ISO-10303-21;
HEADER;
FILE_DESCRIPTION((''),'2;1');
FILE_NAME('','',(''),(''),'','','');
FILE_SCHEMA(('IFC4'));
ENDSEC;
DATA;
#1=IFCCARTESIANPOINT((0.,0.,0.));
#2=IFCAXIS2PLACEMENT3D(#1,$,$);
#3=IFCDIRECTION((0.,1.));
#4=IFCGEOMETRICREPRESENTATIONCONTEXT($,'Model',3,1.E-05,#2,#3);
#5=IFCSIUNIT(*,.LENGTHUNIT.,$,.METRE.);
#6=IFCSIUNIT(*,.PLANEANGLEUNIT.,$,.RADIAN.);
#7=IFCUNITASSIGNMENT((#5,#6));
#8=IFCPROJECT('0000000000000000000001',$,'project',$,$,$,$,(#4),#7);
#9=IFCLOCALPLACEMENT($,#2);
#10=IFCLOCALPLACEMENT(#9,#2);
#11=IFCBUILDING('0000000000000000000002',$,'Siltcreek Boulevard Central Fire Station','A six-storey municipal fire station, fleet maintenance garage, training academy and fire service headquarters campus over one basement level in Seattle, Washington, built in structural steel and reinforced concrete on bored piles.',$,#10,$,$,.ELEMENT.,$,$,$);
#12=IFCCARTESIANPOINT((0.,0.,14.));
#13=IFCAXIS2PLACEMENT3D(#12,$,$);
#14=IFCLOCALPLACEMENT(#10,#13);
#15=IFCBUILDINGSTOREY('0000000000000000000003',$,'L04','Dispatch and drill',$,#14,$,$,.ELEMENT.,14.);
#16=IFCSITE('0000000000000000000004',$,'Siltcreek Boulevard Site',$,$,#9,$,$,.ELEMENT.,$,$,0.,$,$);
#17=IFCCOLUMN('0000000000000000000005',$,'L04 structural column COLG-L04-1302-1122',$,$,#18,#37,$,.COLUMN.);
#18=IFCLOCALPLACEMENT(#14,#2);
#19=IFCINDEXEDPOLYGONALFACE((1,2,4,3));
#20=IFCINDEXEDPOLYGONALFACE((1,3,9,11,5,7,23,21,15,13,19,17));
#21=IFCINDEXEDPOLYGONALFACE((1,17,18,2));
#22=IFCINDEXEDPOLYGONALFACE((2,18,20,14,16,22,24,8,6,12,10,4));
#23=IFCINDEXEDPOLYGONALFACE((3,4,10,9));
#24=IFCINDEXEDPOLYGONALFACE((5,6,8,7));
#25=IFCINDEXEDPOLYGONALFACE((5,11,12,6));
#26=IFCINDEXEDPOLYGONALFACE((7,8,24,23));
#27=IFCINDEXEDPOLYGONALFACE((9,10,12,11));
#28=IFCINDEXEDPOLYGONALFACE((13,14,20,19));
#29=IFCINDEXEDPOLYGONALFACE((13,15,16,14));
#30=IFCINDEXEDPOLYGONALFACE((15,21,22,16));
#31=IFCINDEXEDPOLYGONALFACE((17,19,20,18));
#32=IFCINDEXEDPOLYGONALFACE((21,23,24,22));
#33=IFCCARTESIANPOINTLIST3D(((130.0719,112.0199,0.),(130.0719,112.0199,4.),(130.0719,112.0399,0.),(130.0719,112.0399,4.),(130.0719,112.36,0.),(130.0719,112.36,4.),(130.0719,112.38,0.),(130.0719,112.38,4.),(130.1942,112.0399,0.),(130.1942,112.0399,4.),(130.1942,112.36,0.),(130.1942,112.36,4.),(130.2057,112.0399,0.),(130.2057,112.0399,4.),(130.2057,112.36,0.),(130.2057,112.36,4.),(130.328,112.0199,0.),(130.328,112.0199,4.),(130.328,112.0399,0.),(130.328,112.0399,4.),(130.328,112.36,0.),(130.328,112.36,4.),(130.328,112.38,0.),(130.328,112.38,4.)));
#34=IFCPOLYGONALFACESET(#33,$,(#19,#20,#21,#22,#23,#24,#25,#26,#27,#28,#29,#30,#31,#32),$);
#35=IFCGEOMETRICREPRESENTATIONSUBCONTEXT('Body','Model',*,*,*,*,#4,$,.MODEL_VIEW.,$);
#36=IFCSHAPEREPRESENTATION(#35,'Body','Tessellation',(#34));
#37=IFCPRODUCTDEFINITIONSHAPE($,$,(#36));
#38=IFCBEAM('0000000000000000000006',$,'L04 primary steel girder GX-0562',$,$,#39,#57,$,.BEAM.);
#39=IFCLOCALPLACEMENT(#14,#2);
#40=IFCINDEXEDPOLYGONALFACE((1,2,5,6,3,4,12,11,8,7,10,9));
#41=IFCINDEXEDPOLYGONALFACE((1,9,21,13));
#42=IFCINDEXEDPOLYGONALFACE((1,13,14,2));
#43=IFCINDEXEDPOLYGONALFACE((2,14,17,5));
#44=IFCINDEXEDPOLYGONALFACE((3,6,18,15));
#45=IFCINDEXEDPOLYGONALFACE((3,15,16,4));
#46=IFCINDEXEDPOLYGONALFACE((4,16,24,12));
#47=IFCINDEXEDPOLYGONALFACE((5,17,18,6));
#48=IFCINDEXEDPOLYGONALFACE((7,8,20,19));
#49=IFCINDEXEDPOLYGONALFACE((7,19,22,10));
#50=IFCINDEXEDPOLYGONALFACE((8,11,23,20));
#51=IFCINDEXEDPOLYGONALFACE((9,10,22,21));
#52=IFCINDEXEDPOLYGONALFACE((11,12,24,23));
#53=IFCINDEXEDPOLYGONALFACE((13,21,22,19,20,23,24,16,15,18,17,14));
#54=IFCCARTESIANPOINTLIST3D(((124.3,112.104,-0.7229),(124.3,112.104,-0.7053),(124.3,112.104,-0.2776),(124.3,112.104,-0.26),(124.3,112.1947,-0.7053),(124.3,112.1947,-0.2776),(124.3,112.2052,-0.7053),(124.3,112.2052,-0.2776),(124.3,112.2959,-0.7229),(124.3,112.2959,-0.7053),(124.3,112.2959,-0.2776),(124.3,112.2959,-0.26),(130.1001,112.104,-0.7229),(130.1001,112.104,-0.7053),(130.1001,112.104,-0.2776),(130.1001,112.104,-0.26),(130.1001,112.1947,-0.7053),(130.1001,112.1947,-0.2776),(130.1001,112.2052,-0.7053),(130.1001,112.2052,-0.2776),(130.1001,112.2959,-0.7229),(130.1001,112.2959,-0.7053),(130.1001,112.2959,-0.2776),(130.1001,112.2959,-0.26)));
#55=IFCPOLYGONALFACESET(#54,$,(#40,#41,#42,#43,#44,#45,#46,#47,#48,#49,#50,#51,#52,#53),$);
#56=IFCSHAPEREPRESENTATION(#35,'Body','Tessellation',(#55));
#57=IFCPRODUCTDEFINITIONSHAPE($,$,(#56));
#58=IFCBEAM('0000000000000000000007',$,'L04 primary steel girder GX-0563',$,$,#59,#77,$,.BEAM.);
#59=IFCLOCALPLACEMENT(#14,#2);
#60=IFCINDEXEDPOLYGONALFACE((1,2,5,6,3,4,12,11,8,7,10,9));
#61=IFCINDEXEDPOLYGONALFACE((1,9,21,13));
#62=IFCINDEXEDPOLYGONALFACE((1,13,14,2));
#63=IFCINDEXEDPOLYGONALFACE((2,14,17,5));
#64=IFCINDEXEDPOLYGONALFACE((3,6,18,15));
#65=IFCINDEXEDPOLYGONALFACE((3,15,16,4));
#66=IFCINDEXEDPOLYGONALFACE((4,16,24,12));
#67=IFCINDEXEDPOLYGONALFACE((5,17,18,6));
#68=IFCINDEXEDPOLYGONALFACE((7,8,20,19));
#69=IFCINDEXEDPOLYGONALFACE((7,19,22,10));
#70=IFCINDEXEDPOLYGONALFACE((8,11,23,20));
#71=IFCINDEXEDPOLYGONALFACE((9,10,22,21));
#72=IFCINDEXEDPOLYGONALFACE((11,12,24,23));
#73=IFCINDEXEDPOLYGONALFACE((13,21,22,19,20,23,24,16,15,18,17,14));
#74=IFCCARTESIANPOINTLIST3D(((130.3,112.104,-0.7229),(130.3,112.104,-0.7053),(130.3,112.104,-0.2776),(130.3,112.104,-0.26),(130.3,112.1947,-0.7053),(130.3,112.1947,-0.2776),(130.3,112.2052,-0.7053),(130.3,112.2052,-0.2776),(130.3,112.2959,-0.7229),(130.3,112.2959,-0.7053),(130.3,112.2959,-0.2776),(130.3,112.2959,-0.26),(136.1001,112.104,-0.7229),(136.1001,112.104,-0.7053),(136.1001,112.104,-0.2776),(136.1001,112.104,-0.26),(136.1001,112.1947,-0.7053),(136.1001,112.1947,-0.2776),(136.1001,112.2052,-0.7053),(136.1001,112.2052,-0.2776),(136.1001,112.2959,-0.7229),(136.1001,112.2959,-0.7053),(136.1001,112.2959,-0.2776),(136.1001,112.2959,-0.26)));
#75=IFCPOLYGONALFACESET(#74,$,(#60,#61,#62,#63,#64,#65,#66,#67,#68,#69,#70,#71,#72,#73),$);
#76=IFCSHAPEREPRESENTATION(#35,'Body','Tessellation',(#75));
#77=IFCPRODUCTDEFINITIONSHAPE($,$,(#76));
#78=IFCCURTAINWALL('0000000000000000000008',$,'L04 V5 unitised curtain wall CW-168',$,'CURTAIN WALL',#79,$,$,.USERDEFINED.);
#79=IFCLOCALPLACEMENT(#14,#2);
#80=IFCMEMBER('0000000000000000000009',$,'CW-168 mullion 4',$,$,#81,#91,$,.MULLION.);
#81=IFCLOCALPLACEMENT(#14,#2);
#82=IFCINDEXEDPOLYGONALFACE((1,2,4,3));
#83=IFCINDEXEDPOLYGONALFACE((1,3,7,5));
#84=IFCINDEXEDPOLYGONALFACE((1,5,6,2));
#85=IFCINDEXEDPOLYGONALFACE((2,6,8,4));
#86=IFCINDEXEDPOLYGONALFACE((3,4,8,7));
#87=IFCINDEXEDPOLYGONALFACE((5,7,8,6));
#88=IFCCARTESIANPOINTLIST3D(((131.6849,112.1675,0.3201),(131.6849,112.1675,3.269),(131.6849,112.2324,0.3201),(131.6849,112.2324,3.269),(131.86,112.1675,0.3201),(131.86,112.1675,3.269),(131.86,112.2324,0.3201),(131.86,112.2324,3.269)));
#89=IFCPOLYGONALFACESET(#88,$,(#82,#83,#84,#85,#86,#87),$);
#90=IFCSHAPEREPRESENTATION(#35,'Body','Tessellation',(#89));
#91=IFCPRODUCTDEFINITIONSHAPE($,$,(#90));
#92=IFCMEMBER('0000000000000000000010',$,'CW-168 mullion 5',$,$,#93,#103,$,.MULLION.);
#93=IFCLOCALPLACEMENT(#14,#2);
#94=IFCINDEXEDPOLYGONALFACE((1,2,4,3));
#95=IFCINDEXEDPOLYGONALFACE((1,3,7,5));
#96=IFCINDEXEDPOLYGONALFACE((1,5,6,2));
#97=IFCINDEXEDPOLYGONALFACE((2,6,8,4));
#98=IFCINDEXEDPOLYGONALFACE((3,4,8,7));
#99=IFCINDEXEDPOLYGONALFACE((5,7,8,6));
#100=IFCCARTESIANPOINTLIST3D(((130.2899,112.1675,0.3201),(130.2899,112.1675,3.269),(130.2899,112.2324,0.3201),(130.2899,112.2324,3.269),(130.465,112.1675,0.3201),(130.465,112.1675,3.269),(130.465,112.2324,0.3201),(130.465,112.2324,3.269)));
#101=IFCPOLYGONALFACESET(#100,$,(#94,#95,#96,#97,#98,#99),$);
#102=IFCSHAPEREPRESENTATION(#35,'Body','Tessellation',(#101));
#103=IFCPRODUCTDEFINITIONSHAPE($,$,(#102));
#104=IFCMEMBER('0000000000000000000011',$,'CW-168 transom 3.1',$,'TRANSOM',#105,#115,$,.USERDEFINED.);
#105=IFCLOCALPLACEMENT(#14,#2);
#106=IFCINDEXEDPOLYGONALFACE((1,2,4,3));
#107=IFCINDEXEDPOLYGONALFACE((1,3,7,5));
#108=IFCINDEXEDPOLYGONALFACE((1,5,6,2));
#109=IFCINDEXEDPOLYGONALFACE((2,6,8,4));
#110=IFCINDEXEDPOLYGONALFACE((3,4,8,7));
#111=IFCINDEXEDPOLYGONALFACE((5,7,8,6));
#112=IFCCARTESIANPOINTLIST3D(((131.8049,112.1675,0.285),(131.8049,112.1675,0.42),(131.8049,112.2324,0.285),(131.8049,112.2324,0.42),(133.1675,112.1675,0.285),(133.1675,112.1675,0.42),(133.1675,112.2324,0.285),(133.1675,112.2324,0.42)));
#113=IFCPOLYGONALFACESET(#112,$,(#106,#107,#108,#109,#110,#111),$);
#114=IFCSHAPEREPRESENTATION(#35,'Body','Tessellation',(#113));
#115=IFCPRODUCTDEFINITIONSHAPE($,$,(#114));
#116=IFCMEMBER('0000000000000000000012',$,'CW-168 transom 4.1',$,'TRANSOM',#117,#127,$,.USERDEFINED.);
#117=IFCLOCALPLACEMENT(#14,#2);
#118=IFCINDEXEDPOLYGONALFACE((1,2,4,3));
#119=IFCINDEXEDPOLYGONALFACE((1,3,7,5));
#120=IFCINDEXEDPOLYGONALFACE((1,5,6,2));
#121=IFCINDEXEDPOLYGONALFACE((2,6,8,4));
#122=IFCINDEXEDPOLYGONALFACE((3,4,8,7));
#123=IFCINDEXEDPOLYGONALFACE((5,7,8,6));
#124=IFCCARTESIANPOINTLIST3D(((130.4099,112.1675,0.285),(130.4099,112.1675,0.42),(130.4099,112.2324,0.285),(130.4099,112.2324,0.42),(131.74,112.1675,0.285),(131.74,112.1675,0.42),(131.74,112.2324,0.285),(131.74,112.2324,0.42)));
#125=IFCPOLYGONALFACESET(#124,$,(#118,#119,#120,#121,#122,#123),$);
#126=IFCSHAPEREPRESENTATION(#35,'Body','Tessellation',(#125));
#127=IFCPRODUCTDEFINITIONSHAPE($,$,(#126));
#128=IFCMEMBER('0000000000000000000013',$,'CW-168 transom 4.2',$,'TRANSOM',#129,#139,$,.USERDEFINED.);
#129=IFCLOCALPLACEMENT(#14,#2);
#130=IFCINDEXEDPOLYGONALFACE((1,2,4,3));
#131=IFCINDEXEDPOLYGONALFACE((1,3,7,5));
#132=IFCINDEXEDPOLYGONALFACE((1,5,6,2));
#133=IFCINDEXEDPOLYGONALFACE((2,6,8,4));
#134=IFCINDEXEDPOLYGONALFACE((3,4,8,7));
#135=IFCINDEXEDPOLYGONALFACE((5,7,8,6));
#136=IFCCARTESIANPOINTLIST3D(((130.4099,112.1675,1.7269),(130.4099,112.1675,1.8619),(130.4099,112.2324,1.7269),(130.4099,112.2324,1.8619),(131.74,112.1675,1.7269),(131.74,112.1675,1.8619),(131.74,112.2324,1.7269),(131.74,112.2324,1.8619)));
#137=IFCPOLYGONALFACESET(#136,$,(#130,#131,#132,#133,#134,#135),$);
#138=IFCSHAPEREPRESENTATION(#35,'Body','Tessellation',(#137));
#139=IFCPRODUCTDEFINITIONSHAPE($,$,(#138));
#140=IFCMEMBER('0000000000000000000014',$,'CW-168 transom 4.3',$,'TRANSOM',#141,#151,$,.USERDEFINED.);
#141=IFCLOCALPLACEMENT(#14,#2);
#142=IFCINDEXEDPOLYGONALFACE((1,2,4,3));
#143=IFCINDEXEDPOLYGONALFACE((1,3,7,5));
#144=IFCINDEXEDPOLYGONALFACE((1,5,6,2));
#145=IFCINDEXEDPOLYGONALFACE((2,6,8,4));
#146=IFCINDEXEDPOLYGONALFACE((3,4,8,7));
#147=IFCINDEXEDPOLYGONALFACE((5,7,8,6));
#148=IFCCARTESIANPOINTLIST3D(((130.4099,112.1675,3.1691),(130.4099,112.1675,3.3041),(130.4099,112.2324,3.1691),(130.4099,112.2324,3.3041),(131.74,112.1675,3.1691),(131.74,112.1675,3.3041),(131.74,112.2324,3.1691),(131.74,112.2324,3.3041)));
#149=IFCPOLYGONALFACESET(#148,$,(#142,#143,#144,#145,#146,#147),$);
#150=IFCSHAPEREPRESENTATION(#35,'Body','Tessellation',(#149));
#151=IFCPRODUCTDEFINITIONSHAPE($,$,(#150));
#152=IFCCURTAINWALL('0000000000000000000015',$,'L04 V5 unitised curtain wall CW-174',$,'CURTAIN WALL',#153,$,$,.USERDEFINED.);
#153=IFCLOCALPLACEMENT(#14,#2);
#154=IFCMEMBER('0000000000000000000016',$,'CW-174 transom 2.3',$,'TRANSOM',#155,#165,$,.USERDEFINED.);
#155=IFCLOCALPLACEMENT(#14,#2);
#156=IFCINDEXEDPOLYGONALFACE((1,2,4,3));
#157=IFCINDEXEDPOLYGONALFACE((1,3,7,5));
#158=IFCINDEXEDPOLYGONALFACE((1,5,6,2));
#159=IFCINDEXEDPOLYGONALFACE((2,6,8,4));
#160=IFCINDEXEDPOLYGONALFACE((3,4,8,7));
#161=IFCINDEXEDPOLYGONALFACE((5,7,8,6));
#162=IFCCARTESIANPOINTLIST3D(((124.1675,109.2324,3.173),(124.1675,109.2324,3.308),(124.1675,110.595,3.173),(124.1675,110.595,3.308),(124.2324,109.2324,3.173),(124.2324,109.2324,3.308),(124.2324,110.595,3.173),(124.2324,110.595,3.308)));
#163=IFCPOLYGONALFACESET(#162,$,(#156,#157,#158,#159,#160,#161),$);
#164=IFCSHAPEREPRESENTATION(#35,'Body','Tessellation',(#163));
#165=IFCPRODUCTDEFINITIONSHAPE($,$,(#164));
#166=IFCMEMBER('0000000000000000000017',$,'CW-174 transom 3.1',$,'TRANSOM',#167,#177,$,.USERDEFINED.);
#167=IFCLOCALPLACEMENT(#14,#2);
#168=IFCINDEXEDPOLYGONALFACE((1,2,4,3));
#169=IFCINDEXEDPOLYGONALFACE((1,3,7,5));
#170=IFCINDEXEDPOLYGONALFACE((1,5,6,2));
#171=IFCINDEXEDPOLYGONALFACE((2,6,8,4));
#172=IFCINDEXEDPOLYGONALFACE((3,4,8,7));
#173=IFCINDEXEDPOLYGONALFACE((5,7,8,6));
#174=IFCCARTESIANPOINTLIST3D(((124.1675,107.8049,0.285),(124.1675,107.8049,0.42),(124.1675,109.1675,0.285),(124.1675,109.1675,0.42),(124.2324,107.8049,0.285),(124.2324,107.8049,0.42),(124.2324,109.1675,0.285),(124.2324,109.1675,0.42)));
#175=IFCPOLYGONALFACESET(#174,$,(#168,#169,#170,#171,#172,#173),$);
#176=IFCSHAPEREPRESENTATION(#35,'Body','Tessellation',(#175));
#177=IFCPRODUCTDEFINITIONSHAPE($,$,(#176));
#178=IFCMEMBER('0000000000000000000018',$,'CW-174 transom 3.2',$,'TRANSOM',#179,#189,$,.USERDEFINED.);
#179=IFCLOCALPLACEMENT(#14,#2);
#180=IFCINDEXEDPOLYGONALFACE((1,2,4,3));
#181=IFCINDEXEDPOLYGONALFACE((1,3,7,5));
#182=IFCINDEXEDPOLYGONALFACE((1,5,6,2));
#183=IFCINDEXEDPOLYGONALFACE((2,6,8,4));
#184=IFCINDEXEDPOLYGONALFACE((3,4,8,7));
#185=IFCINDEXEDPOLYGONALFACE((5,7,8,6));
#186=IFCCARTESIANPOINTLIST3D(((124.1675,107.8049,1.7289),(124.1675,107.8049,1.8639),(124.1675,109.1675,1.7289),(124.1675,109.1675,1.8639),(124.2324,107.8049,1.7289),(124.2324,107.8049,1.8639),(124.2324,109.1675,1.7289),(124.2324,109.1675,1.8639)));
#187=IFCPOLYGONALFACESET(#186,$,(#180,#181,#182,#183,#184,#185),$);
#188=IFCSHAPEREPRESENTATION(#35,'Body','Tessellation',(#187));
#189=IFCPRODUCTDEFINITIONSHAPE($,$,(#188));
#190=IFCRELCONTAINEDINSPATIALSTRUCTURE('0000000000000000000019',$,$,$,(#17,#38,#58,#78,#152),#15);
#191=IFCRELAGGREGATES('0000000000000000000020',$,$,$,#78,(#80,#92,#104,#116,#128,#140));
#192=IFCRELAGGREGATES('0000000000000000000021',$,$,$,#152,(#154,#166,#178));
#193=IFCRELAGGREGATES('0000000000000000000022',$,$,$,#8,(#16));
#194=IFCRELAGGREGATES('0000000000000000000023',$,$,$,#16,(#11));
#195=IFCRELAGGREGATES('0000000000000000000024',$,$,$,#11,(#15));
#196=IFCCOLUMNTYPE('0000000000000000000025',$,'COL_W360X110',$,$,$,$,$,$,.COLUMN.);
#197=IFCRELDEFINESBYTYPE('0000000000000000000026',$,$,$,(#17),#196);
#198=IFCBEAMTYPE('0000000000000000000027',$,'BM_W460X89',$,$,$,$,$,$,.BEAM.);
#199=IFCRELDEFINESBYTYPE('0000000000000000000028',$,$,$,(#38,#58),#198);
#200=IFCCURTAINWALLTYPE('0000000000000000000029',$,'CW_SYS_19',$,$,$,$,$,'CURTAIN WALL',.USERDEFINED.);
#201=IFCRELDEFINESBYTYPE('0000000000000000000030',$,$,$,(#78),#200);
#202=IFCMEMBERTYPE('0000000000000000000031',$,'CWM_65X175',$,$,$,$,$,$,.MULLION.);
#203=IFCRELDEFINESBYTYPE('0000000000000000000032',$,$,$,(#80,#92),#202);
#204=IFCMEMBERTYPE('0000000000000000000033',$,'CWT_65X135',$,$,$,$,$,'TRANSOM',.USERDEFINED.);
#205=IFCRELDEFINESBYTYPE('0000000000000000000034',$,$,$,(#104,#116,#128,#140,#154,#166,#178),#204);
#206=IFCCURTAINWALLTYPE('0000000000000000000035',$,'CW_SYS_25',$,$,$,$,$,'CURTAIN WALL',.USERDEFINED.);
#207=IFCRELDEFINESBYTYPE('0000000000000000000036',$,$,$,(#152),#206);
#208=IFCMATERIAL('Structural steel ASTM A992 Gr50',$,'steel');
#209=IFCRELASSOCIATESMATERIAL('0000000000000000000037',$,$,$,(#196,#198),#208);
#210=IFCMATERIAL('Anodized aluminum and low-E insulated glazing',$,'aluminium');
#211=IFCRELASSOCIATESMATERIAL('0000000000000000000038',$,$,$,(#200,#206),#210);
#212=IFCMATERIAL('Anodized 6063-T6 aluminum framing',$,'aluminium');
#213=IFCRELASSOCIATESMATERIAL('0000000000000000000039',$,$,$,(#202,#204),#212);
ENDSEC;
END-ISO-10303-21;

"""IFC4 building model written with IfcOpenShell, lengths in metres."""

from ifc_helpers import new_model, si_unit, direction, frame, origin, origin_2d, place, context, subcontext, project, spatial, rectangle, i_section, extrude, material, material_profile, profile_set, type_object, element, aggregate, save


model = new_model("IFC4")

# Units and contexts
model_context = context("Model", 3, precision=1e-05, world=origin(), true_north=direction((0.0, 1.0)))
body_context = subcontext(model_context, "Body", "Model", "MODEL_VIEW")
ifc_project = project(units=[si_unit("LENGTHUNIT", "METRE"), si_unit("PLANEANGLEUNIT", "RADIAN")], contexts=[model_context])

# Site, building, storey
site_placement = place(None, origin())
site = spatial("IfcSite", under=ifc_project, at=site_placement, Name="Siltcreek Boulevard Site", CompositionType="ELEMENT", RefElevation=0.0)
building_placement = place(site_placement, origin())
building = spatial("IfcBuilding", under=site, at=building_placement, Name="Siltcreek Boulevard Central Fire Station", Description="A six-storey municipal fire station, fleet maintenance garage, training academy and fire service headquarters campus over one basement level in Seattle, Washington, built in structural steel and reinforced concrete on bored piles.", CompositionType="ELEMENT")
storey_placement = place(building_placement, frame((0.0, 0.0, 14.0)))
storey = spatial("IfcBuildingStorey", under=building, at=storey_placement, Name="L04", Description="Dispatch and drill", CompositionType="ELEMENT", Elevation=14.0)

# Column
ifc_material_1 = material(Name="Structural steel ASTM A992 Gr50", Category="steel")
ifc_material_profile_1 = material_profile(ifc_material_1, i_section(OverallWidth=0.2561, OverallDepth=0.3601, WebThickness=0.0115, FlangeThickness=0.02, at=origin_2d()), Name="W360X110")
ifc_profile_set_1 = profile_set([ifc_material_profile_1], Name="Structural steel ASTM A992 Gr50")
column_type = type_object("IfcColumnType", Name="COL_W360X110", PredefinedType="COLUMN", material=ifc_profile_set_1)
column_placement = place(storey_placement, frame((130.2, 112.2, 0.0), z_axis=(0.0, 0.0, 1.0), x_axis=(1.0, 0.0, 0.0)))
element("IfcColumn", 1, at=column_placement, inside=storey, type_object=column_type, Name="L04 structural column COLG-L04-1302-1122", PredefinedType="COLUMN", context=body_context, shape_type="SweptSolid", body=[
    extrude(i_section(OverallWidth=0.2561, OverallDepth=0.3601, WebThickness=0.0115, FlangeThickness=0.02, at=origin_2d()), origin(), (0.0, 0.0, 1.0), 4.0),
])

# Beams
ifc_material_profile_2 = material_profile(ifc_material_1, i_section(OverallWidth=0.1919, OverallDepth=0.4629, WebThickness=0.0105, FlangeThickness=0.0176, at=origin_2d()), Name="W460X89")
ifc_profile_set_2 = profile_set([ifc_material_profile_2], Name="Structural steel ASTM A992 Gr50")
beam_type = type_object("IfcBeamType", Name="BM_W460X89", PredefinedType="BEAM", material=ifc_profile_set_2)
for number, where, z_axis, x_axis, name in (
    (2, (124.3, 112.2, -0.4915), (1.0, 0.0, 0.0), (0.0, 1.0, 0.0), "L04 primary steel girder GX-0562"),
    (3, (130.3, 112.2, -0.4915), (1.0, 0.0, 0.0), (0.0, 1.0, 0.0), "L04 primary steel girder GX-0563"),
):
    element("IfcBeam", number, at=place(storey_placement, frame(where, z_axis=z_axis, x_axis=x_axis)), inside=storey, type_object=beam_type, Name=name, PredefinedType="BEAM", context=body_context, shape_type="SweptSolid", body=[
        extrude(i_section(OverallWidth=0.1919, OverallDepth=0.4629, WebThickness=0.0105, FlangeThickness=0.0176, at=origin_2d()), origin(), (0.0, 0.0, 1.0), 5.8),
    ])

# Curtain walls, members
ifc_material_2 = material(Name="Anodized aluminum and low-E insulated glazing", Category="aluminium")
curtain_wall_type_1 = type_object("IfcCurtainWallType", Name="CW_SYS_19", ElementType="CURTAIN WALL", PredefinedType="USERDEFINED", material=ifc_material_2)
curtain_wall_1_placement = place(storey_placement, origin())
curtain_wall_1 = element("IfcCurtainWall", 4, at=curtain_wall_1_placement, inside=storey, type_object=curtain_wall_type_1, Name="L04 V5 unitised curtain wall CW-168", ObjectType="CURTAIN WALL", PredefinedType="USERDEFINED")
ifc_material_3 = material(Name="Anodized 6063-T6 aluminum framing", Category="aluminium")
ifc_material_profile_3 = material_profile(ifc_material_3, rectangle(XDim=0.0649, YDim=0.175, at=origin_2d()), Name="MULL65X175")
ifc_profile_set_3 = profile_set([ifc_material_profile_3], Name="Anodized 6063-T6 aluminum framing")
member_type_1 = type_object("IfcMemberType", Name="CWM_65X175", PredefinedType="MULLION", material=ifc_profile_set_3)
member_1_placement = place(storey_placement, frame((131.7725, 112.2, 0.3201), z_axis=(0.0, 0.0, 1.0), x_axis=(0.0, -1.0, 0.0)))
member_1 = element("IfcMember", 5, at=member_1_placement, type_object=member_type_1, Name="CW-168 mullion 4", PredefinedType="MULLION", context=body_context, shape_type="SweptSolid", body=[
    extrude(rectangle(XDim=0.0649, YDim=0.175, at=origin_2d()), origin(), (0.0, 0.0, 1.0), 2.949),
])
member_2_placement = place(storey_placement, frame((130.3774, 112.2, 0.3201), z_axis=(0.0, 0.0, 1.0), x_axis=(0.0, -1.0, 0.0)))
member_2 = element("IfcMember", 6, at=member_2_placement, type_object=member_type_1, Name="CW-168 mullion 5", PredefinedType="MULLION", context=body_context, shape_type="SweptSolid", body=[
    extrude(rectangle(XDim=0.0649, YDim=0.175, at=origin_2d()), origin(), (0.0, 0.0, 1.0), 2.949),
])
ifc_material_profile_4 = material_profile(ifc_material_3, rectangle(XDim=0.0649, YDim=0.135, at=origin_2d()), Name="TRAN65X135")
ifc_profile_set_4 = profile_set([ifc_material_profile_4], Name="Anodized 6063-T6 aluminum framing")
member_type_2 = type_object("IfcMemberType", Name="CWT_65X135", ElementType="TRANSOM", PredefinedType="USERDEFINED", material=ifc_profile_set_4)
member_3_placement = place(storey_placement, frame((133.1675, 112.2, 0.3525), z_axis=(-1.0, 0.0, 0.0), x_axis=(0.0, -1.0, 0.0)))
member_3 = element("IfcMember", 7, at=member_3_placement, type_object=member_type_2, Name="CW-168 transom 3.1", ObjectType="TRANSOM", PredefinedType="USERDEFINED", context=body_context, shape_type="SweptSolid", body=[
    extrude(rectangle(XDim=0.0649, YDim=0.135, at=origin_2d()), origin(), (0.0, 0.0, 1.0), 1.3625),
])
member_4_placement = place(storey_placement, frame((131.74, 112.2, 0.3525), z_axis=(-1.0, 0.0, 0.0), x_axis=(0.0, -1.0, 0.0)))
member_4 = element("IfcMember", 8, at=member_4_placement, type_object=member_type_2, Name="CW-168 transom 4.1", ObjectType="TRANSOM", PredefinedType="USERDEFINED", context=body_context, shape_type="SweptSolid", body=[
    extrude(rectangle(XDim=0.0649, YDim=0.135, at=origin_2d()), origin(), (0.0, 0.0, 1.0), 1.3301),
])
member_5_placement = place(storey_placement, frame((131.74, 112.2, 1.7944), z_axis=(-1.0, 0.0, 0.0), x_axis=(0.0, -1.0, 0.0)))
member_5 = element("IfcMember", 9, at=member_5_placement, type_object=member_type_2, Name="CW-168 transom 4.2", ObjectType="TRANSOM", PredefinedType="USERDEFINED", context=body_context, shape_type="SweptSolid", body=[
    extrude(rectangle(XDim=0.0649, YDim=0.135, at=origin_2d()), origin(), (0.0, 0.0, 1.0), 1.3301),
])
member_6_placement = place(storey_placement, frame((131.74, 112.2, 3.2366), z_axis=(-1.0, 0.0, 0.0), x_axis=(0.0, -1.0, 0.0)))
member_6 = element("IfcMember", 10, at=member_6_placement, type_object=member_type_2, Name="CW-168 transom 4.3", ObjectType="TRANSOM", PredefinedType="USERDEFINED", context=body_context, shape_type="SweptSolid", body=[
    extrude(rectangle(XDim=0.0649, YDim=0.135, at=origin_2d()), origin(), (0.0, 0.0, 1.0), 1.3301),
])
curtain_wall_type_2 = type_object("IfcCurtainWallType", Name="CW_SYS_25", ElementType="CURTAIN WALL", PredefinedType="USERDEFINED", material=ifc_material_2)
curtain_wall_2_placement = place(storey_placement, origin())
curtain_wall_2 = element("IfcCurtainWall", 11, at=curtain_wall_2_placement, inside=storey, type_object=curtain_wall_type_2, Name="L04 V5 unitised curtain wall CW-174", ObjectType="CURTAIN WALL", PredefinedType="USERDEFINED")
member_7_placement = place(storey_placement, frame((124.2, 110.595, 3.2405), z_axis=(0.0, -1.0, 0.0), x_axis=(1.0, 0.0, 0.0)))
member_7 = element("IfcMember", 12, at=member_7_placement, type_object=member_type_2, Name="CW-174 transom 2.3", ObjectType="TRANSOM", PredefinedType="USERDEFINED", context=body_context, shape_type="SweptSolid", body=[
    extrude(rectangle(XDim=0.0649, YDim=0.135, at=origin_2d()), origin(), (0.0, 0.0, 1.0), 1.3625),
])
member_8_placement = place(storey_placement, frame((124.2, 109.1675, 0.3525), z_axis=(0.0, -1.0, 0.0), x_axis=(1.0, 0.0, 0.0)))
member_8 = element("IfcMember", 13, at=member_8_placement, type_object=member_type_2, Name="CW-174 transom 3.1", ObjectType="TRANSOM", PredefinedType="USERDEFINED", context=body_context, shape_type="SweptSolid", body=[
    extrude(rectangle(XDim=0.0649, YDim=0.135, at=origin_2d()), origin(), (0.0, 0.0, 1.0), 1.3625),
])
member_9_placement = place(storey_placement, frame((124.2, 109.1675, 1.7964), z_axis=(0.0, -1.0, 0.0), x_axis=(1.0, 0.0, 0.0)))
member_9 = element("IfcMember", 14, at=member_9_placement, type_object=member_type_2, Name="CW-174 transom 3.2", ObjectType="TRANSOM", PredefinedType="USERDEFINED", context=body_context, shape_type="SweptSolid", body=[
    extrude(rectangle(XDim=0.0649, YDim=0.135, at=origin_2d()), origin(), (0.0, 0.0, 1.0), 1.3625),
])

aggregate(curtain_wall_1, [member_1, member_2, member_3, member_4, member_5, member_6])
aggregate(curtain_wall_2, [member_7, member_8, member_9])

save(model, "model.ifc")
